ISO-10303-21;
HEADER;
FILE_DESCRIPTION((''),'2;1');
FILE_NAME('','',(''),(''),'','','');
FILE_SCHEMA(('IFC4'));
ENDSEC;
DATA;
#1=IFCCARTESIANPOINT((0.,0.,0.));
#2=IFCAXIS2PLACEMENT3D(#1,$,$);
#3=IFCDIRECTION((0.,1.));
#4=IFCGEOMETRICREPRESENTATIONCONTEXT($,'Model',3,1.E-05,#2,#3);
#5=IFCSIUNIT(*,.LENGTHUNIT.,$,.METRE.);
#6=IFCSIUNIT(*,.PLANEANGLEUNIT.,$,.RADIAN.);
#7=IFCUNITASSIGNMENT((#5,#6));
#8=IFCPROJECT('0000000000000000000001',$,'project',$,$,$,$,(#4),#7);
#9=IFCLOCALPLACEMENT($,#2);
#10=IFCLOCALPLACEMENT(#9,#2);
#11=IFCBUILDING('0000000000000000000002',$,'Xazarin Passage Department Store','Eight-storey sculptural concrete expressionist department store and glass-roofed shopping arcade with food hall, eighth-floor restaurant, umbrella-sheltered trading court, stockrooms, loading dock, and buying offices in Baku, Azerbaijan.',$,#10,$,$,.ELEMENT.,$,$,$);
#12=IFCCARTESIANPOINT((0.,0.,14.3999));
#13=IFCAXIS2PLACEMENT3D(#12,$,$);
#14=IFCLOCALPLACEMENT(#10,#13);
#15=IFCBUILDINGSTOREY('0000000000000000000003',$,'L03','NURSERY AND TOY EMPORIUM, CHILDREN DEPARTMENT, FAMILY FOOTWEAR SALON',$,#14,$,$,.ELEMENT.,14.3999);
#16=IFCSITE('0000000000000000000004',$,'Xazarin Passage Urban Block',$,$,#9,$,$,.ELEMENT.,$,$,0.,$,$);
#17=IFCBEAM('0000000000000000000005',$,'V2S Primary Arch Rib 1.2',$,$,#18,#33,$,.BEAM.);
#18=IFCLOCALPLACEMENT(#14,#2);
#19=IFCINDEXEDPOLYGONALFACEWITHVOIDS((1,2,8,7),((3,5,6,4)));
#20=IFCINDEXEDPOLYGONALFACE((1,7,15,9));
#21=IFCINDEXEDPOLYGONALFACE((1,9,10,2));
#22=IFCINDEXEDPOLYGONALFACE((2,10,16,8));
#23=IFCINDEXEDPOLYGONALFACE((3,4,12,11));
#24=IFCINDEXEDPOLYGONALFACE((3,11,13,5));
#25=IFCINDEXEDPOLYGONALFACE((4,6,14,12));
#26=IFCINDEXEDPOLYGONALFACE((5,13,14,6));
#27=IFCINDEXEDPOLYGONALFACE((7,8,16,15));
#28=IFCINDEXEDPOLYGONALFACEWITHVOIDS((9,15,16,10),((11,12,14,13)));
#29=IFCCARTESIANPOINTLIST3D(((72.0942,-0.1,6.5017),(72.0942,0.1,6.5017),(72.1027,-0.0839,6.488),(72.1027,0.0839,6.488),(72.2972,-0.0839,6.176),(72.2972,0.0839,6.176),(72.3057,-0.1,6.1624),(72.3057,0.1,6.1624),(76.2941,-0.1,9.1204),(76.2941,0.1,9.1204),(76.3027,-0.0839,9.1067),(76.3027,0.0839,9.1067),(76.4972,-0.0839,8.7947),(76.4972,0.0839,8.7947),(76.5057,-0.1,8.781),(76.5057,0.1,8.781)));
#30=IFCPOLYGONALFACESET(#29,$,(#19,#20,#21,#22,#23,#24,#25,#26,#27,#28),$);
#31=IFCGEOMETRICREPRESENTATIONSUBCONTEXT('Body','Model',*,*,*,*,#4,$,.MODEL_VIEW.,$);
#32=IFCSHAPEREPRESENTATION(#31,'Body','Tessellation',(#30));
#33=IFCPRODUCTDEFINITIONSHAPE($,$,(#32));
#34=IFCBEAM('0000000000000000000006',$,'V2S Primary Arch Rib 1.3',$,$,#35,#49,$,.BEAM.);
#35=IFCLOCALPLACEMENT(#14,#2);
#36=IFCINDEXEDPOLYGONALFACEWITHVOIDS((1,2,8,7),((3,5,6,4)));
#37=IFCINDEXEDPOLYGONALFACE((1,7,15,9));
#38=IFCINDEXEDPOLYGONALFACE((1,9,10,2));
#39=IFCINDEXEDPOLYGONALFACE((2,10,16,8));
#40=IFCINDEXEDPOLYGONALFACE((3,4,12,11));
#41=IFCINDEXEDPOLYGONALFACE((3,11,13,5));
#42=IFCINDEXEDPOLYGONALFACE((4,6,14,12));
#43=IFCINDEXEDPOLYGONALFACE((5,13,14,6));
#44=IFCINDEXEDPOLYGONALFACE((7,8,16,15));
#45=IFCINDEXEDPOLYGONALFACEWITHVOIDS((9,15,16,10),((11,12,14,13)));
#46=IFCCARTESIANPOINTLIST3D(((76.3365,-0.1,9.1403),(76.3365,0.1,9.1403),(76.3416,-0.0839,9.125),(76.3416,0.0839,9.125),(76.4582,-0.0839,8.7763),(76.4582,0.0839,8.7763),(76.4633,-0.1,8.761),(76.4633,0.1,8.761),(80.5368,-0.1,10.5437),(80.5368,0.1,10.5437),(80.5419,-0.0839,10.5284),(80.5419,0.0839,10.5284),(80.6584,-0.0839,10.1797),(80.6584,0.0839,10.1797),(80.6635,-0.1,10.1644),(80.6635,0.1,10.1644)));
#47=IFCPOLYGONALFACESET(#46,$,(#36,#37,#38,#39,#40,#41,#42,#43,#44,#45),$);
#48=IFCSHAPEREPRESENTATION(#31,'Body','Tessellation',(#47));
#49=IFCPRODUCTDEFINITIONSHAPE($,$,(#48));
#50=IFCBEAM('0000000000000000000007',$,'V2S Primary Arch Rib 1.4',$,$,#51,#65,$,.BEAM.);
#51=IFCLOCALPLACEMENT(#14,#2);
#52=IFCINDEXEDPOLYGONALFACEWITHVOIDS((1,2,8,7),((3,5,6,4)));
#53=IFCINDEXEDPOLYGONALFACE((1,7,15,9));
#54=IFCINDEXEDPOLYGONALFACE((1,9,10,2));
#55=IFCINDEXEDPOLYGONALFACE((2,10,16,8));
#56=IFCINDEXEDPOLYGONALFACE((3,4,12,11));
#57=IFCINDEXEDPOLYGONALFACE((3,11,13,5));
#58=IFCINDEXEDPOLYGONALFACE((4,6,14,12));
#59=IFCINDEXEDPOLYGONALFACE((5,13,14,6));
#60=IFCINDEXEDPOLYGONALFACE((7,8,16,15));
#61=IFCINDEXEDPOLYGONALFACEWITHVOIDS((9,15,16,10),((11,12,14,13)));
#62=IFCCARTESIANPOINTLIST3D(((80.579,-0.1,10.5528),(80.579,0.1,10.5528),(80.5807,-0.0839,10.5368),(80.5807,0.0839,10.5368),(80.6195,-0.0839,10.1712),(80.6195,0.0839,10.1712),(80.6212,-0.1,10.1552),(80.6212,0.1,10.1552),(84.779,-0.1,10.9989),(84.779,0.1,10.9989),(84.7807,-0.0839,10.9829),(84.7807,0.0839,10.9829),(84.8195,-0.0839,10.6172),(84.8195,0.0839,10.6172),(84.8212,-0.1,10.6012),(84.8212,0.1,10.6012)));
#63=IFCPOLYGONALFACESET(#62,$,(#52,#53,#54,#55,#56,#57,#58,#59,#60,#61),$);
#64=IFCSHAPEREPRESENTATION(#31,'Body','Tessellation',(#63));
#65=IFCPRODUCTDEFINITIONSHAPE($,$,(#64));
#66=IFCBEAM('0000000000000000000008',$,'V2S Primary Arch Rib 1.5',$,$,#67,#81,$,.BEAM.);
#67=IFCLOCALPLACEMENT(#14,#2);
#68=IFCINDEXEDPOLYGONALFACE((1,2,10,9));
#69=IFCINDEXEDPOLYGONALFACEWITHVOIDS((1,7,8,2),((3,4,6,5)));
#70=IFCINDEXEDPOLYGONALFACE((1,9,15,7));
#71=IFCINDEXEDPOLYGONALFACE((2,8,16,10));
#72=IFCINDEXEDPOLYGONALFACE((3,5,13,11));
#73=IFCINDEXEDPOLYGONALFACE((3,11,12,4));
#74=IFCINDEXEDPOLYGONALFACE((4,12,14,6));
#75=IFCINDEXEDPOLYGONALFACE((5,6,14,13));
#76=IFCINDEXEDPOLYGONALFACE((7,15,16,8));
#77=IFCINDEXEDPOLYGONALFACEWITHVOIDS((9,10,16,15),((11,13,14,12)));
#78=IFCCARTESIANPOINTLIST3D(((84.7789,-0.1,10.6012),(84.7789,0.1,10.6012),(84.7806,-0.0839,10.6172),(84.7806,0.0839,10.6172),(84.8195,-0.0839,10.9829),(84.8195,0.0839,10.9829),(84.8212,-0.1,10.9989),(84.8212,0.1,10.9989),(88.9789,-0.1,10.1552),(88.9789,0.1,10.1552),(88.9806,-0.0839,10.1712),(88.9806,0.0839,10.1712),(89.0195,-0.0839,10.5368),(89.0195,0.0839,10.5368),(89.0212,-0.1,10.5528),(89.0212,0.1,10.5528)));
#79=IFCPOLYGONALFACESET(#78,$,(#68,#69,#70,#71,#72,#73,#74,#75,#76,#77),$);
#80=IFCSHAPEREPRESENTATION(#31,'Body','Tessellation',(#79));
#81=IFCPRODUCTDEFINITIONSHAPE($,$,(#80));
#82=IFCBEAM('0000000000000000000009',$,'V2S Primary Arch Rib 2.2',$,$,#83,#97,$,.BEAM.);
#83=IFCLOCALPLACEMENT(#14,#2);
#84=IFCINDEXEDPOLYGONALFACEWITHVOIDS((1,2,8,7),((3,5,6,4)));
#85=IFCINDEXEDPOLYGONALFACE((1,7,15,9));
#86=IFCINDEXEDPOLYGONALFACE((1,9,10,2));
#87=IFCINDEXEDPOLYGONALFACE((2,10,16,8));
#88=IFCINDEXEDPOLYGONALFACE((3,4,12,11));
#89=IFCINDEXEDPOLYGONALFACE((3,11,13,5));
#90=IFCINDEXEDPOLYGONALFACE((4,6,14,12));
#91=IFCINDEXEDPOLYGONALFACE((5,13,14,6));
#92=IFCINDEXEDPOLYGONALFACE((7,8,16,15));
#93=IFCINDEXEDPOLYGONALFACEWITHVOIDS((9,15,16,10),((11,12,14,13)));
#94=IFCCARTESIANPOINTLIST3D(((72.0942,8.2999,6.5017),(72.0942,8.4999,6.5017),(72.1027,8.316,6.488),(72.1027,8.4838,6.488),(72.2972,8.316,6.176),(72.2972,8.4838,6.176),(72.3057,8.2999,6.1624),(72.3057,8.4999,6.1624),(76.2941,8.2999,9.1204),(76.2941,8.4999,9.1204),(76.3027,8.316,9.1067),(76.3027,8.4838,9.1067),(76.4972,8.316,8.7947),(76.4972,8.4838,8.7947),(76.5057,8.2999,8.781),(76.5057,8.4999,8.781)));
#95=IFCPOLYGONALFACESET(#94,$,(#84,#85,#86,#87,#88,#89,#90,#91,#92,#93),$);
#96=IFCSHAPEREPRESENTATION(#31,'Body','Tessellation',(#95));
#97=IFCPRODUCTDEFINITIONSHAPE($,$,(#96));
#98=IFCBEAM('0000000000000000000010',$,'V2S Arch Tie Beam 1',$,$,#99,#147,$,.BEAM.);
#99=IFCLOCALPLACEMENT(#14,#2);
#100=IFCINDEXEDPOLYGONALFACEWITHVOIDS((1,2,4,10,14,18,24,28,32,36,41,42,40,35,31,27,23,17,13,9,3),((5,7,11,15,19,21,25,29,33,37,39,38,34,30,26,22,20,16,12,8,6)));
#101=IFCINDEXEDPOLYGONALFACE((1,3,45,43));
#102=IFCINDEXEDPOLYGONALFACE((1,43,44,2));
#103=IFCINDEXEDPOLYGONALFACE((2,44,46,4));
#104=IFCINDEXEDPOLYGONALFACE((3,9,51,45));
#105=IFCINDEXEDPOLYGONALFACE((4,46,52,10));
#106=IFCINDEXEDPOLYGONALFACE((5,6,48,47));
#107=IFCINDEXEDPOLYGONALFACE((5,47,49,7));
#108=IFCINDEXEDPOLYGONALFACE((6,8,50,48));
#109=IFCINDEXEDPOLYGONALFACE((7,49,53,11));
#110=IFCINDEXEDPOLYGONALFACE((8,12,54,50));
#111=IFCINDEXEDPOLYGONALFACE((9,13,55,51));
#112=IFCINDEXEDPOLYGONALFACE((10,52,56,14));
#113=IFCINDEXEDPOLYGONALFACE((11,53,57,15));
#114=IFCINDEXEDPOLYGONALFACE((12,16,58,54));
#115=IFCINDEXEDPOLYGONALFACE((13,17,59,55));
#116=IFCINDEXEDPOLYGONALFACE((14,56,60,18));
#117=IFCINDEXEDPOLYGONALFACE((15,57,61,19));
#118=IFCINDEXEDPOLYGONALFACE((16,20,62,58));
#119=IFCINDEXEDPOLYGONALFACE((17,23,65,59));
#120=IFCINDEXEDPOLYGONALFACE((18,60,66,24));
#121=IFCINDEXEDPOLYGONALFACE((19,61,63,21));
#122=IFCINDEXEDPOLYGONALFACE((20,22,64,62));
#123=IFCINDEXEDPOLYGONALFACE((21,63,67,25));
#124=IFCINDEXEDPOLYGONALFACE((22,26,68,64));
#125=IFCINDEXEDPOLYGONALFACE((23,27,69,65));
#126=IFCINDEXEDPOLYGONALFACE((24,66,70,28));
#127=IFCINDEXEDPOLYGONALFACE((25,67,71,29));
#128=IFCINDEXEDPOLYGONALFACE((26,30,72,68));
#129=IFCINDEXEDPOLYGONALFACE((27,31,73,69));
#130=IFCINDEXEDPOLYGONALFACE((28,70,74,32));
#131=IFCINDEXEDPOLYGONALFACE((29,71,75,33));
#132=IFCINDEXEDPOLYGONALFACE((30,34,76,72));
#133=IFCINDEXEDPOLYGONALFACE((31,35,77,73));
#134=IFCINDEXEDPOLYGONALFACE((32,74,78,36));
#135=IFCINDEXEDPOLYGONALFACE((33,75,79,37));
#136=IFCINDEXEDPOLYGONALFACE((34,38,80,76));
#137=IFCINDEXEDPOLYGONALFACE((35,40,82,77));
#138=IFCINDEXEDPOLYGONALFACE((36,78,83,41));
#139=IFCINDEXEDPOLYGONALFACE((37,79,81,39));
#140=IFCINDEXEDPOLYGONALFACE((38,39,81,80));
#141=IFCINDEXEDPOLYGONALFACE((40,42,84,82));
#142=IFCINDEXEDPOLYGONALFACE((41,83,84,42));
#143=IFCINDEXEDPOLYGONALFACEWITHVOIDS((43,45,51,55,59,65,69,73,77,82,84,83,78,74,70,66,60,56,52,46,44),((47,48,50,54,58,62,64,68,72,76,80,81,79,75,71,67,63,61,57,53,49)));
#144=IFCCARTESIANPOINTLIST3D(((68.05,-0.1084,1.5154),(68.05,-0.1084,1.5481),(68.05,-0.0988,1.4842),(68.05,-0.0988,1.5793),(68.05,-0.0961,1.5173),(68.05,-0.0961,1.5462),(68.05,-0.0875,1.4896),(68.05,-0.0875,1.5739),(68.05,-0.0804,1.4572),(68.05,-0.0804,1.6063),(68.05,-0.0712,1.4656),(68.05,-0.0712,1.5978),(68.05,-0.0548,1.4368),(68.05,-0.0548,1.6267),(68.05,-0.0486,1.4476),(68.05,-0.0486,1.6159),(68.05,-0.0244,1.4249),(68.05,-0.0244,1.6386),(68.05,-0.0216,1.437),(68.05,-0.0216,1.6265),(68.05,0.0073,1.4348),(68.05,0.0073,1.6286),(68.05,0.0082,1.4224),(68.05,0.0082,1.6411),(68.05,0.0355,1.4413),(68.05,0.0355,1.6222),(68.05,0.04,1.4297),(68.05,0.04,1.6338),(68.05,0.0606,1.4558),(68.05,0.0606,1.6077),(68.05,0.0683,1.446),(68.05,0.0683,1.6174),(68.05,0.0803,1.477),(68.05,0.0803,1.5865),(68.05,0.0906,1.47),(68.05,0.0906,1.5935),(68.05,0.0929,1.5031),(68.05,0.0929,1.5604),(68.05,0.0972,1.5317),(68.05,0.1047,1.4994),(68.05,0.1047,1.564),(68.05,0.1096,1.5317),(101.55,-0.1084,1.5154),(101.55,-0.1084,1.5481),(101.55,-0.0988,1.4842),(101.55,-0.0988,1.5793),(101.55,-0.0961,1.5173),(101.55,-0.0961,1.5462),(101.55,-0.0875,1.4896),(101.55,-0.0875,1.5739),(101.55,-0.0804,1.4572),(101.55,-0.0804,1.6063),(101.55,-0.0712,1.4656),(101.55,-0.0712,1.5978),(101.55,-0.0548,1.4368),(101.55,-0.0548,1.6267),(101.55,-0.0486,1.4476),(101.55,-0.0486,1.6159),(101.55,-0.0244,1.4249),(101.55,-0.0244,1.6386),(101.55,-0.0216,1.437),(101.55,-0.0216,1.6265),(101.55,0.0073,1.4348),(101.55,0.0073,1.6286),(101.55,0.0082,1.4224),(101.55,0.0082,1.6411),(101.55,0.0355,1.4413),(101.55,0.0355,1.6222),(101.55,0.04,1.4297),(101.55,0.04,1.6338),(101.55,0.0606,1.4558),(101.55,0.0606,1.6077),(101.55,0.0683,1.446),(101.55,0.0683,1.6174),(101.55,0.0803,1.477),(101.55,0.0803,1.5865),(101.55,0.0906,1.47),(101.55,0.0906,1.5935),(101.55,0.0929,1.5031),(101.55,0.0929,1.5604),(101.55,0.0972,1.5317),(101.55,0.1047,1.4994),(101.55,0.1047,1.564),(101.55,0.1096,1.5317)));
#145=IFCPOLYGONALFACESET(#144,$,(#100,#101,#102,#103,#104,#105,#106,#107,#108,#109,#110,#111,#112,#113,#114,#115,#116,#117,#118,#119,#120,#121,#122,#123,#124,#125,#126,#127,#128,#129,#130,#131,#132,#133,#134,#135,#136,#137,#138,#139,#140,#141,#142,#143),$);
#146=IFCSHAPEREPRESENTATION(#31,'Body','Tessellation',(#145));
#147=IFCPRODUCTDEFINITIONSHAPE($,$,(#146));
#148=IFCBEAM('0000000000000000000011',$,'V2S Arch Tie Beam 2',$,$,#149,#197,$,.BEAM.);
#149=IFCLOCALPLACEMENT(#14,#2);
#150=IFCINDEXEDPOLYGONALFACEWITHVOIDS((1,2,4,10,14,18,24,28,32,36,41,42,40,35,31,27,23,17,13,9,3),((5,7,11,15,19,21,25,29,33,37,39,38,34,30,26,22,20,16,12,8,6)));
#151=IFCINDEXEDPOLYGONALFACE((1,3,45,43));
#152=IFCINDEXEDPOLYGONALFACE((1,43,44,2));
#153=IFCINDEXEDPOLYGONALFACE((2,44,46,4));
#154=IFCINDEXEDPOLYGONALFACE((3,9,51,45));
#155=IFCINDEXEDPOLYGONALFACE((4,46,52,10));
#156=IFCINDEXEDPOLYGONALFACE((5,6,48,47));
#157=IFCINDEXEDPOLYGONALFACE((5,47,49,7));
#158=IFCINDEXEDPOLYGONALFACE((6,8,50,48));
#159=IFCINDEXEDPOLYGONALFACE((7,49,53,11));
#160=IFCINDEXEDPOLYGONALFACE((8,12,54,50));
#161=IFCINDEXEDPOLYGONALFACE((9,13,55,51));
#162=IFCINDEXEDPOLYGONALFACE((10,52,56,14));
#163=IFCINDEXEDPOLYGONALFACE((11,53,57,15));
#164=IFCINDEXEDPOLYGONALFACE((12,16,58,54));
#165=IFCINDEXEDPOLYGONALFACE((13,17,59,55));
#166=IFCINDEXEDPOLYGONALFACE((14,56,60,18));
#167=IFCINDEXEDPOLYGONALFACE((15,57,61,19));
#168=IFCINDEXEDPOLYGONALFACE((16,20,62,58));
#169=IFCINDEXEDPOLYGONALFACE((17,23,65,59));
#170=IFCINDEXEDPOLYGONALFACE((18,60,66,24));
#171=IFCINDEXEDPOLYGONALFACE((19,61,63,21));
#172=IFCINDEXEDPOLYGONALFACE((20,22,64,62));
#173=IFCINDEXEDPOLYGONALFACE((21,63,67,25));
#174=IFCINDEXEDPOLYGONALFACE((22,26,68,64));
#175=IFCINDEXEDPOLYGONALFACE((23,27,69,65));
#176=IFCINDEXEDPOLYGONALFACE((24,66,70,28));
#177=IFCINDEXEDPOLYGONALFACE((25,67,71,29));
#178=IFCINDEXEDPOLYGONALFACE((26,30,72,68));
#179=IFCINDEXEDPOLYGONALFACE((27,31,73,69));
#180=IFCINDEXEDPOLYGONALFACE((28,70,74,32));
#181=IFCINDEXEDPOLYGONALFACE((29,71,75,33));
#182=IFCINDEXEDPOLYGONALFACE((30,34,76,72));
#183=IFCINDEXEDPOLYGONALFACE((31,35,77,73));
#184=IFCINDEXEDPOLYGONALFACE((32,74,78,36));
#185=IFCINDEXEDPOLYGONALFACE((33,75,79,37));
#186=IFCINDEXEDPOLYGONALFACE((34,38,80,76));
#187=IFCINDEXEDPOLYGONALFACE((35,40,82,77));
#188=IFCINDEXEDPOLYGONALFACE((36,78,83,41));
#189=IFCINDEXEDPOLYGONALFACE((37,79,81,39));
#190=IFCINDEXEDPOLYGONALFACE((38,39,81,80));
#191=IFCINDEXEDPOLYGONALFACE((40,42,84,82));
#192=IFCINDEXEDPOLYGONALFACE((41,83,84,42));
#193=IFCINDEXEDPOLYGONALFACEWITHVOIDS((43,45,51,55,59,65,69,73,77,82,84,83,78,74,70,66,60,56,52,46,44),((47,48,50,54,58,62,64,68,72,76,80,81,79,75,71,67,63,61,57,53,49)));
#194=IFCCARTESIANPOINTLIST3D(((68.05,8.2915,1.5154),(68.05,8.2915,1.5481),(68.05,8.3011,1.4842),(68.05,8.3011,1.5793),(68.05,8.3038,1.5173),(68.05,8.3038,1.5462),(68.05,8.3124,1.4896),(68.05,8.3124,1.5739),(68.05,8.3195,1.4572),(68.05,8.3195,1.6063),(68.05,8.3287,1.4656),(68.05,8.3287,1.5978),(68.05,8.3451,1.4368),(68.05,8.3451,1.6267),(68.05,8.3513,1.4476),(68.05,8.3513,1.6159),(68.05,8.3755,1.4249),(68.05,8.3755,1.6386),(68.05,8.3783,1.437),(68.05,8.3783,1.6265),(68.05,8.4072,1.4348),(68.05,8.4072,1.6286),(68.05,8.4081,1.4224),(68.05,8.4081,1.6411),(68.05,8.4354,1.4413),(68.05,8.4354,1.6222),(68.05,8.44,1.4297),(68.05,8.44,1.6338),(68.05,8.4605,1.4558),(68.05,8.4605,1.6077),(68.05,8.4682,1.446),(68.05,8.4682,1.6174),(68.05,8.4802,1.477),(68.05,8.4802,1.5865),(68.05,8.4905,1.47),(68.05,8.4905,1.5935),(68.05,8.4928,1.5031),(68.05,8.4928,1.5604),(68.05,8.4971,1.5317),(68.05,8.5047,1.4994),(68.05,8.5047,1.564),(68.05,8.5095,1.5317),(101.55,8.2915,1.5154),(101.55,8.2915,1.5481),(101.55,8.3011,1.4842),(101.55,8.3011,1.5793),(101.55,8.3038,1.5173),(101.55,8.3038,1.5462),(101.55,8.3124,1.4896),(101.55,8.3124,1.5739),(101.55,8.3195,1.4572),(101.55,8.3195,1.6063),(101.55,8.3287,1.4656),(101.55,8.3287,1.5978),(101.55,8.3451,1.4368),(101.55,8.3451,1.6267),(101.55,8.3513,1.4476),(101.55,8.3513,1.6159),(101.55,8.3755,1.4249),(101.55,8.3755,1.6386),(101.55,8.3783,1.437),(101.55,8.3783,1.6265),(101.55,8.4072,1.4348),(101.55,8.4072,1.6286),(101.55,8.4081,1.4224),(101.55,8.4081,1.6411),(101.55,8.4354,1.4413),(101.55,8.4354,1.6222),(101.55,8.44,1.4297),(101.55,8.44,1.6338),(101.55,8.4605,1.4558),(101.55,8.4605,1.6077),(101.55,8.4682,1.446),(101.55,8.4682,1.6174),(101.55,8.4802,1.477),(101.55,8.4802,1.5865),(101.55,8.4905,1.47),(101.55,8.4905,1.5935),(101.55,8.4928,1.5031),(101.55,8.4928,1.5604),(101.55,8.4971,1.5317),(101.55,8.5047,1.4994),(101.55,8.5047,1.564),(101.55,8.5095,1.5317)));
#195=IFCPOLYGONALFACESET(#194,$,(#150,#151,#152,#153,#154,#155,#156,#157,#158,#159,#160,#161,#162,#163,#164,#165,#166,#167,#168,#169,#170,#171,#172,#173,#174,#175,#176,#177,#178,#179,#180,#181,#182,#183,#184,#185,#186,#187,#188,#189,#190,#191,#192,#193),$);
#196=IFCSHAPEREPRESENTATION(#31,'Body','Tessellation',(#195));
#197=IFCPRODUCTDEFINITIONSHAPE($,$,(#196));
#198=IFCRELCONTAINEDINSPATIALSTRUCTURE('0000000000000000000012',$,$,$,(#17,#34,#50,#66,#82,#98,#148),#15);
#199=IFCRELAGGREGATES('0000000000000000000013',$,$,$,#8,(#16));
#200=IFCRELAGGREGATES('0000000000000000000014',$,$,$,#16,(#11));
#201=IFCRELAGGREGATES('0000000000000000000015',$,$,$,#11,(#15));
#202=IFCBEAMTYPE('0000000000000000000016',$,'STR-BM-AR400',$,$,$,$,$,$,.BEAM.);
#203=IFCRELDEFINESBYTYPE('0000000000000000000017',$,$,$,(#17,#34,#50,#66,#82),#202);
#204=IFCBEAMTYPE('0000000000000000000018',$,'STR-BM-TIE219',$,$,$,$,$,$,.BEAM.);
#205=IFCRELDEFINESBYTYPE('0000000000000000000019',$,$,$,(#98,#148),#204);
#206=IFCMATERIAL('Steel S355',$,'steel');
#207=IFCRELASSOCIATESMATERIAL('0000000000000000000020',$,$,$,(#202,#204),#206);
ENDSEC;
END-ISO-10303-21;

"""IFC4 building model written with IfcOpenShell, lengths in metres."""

from ifc_helpers import new_model, si_unit, direction, frame, origin, origin_2d, place, context, subcontext, project, spatial, hollow_rectangle, hollow_circle, extrude, material, material_profile, profile_set, type_object, element, save


model = new_model("IFC4")

# Units and contexts
model_context = context("Model", 3, precision=1e-05, world=origin(), true_north=direction((0.0, 1.0)))
body_context = subcontext(model_context, "Body", "Model", "MODEL_VIEW")
ifc_project = project(units=[si_unit("LENGTHUNIT", "METRE"), si_unit("PLANEANGLEUNIT", "RADIAN")], contexts=[model_context])

# Site, building, storey
site_placement = place(None, origin())
site = spatial("IfcSite", under=ifc_project, at=site_placement, Name="Xazarin Passage Urban Block", CompositionType="ELEMENT", RefElevation=0.0)
building_placement = place(site_placement, origin())
building = spatial("IfcBuilding", under=site, at=building_placement, Name="Xazarin Passage Department Store", Description="Eight-storey sculptural concrete expressionist department store and glass-roofed shopping arcade with food hall, eighth-floor restaurant, umbrella-sheltered trading court, stockrooms, loading dock, and buying offices in Baku, Azerbaijan.", CompositionType="ELEMENT")
storey_placement = place(building_placement, frame((0.0, 0.0, 14.3999)))
storey = spatial("IfcBuildingStorey", under=building, at=storey_placement, Name="L03", Description="NURSERY AND TOY EMPORIUM, CHILDREN DEPARTMENT, FAMILY FOOTWEAR SALON", CompositionType="ELEMENT", Elevation=14.3999)

# Beams
ifc_material_1 = material(Name="Steel S355", Category="steel")
ifc_material_profile_1 = material_profile(ifc_material_1, hollow_rectangle(XDim=0.2, YDim=0.3999, WallThickness=0.0161, at=origin_2d()), Name="RHS 400x200x16")
ifc_profile_set_1 = profile_set([ifc_material_profile_1], Name="Steel S355")
beam_type_1 = type_object("IfcBeamType", Name="STR-BM-AR400", PredefinedType="BEAM", material=ifc_profile_set_1)
beam_1_placement = place(storey_placement, frame((72.2, 0.0, 6.332), z_axis=(0.848571, 0.0, 0.529081), x_axis=(0.0, 1.0, 0.0)))
element("IfcBeam", 1, at=beam_1_placement, inside=storey, type_object=beam_type_1, Name="V2S Primary Arch Rib 1.2", PredefinedType="BEAM", context=body_context, shape_type="SweptSolid", body=[
    extrude(hollow_rectangle(XDim=0.2, YDim=0.3999, WallThickness=0.0161, at=origin_2d()), origin(), (0.0, 0.0, 1.0), 4.9495),
])
beam_2_placement = place(storey_placement, frame((76.3999, 0.0, 8.9507), z_axis=(0.948463, 0.0, 0.316889), x_axis=(0.0, 1.0, 0.0)))
element("IfcBeam", 2, at=beam_2_placement, inside=storey, type_object=beam_type_1, Name="V2S Primary Arch Rib 1.3", PredefinedType="BEAM", context=body_context, shape_type="SweptSolid", body=[
    extrude(hollow_rectangle(XDim=0.2, YDim=0.3999, WallThickness=0.0161, at=origin_2d()), origin(), (0.0, 0.0, 1.0), 4.4285),
])
for number, where, z_axis, x_axis, name in (
    (3, (80.6001, 0.0, 10.354), (0.994408, 0.0, 0.105608), (0.0, 1.0, 0.0), "V2S Primary Arch Rib 1.4"),
    (4, (84.8, 0.0, 10.8), (0.994408, 0.0, -0.105608), (0.0, 1.0, 0.0), "V2S Primary Arch Rib 1.5"),
):
    element("IfcBeam", number, at=place(storey_placement, frame(where, z_axis=z_axis, x_axis=x_axis)), inside=storey, type_object=beam_type_1, Name=name, PredefinedType="BEAM", context=body_context, shape_type="SweptSolid", body=[
        extrude(hollow_rectangle(XDim=0.2, YDim=0.3999, WallThickness=0.0161, at=origin_2d()), origin(), (0.0, 0.0, 1.0), 4.2236),
    ])
beam_3_placement = place(storey_placement, frame((72.2, 8.3999, 6.332), z_axis=(0.848571, 0.0, 0.529081), x_axis=(0.0, 1.0, 0.0)))
element("IfcBeam", 5, at=beam_3_placement, inside=storey, type_object=beam_type_1, Name="V2S Primary Arch Rib 2.2", PredefinedType="BEAM", context=body_context, shape_type="SweptSolid", body=[
    extrude(hollow_rectangle(XDim=0.2, YDim=0.3999, WallThickness=0.0161, at=origin_2d()), origin(), (0.0, 0.0, 1.0), 4.9495),
])
ifc_material_profile_2 = material_profile(ifc_material_1, hollow_circle(Radius=0.1096, WallThickness=0.0125, at=origin_2d()), Name="CHS 219.1x12.5")
ifc_profile_set_2 = profile_set([ifc_material_profile_2], Name="Steel S355")
beam_type_2 = type_object("IfcBeamType", Name="STR-BM-TIE219", PredefinedType="BEAM", material=ifc_profile_set_2)
for number, where, z_axis, x_axis, name in (
    (6, (68.05, 0.0, 1.5317), (1.0, 0.0, 0.0), (0.0, 1.0, 0.0), "V2S Arch Tie Beam 1"),
    (7, (68.05, 8.3999, 1.5317), (1.0, 0.0, 0.0), (0.0, 1.0, 0.0), "V2S Arch Tie Beam 2"),
):
    element("IfcBeam", number, at=place(storey_placement, frame(where, z_axis=z_axis, x_axis=x_axis)), inside=storey, type_object=beam_type_2, Name=name, PredefinedType="BEAM", context=body_context, shape_type="SweptSolid", body=[
        extrude(hollow_circle(Radius=0.1096, WallThickness=0.0125, at=origin_2d()), origin(), (0.0, 0.0, 1.0), 33.5),
    ])

save(model, "model.ifc")
